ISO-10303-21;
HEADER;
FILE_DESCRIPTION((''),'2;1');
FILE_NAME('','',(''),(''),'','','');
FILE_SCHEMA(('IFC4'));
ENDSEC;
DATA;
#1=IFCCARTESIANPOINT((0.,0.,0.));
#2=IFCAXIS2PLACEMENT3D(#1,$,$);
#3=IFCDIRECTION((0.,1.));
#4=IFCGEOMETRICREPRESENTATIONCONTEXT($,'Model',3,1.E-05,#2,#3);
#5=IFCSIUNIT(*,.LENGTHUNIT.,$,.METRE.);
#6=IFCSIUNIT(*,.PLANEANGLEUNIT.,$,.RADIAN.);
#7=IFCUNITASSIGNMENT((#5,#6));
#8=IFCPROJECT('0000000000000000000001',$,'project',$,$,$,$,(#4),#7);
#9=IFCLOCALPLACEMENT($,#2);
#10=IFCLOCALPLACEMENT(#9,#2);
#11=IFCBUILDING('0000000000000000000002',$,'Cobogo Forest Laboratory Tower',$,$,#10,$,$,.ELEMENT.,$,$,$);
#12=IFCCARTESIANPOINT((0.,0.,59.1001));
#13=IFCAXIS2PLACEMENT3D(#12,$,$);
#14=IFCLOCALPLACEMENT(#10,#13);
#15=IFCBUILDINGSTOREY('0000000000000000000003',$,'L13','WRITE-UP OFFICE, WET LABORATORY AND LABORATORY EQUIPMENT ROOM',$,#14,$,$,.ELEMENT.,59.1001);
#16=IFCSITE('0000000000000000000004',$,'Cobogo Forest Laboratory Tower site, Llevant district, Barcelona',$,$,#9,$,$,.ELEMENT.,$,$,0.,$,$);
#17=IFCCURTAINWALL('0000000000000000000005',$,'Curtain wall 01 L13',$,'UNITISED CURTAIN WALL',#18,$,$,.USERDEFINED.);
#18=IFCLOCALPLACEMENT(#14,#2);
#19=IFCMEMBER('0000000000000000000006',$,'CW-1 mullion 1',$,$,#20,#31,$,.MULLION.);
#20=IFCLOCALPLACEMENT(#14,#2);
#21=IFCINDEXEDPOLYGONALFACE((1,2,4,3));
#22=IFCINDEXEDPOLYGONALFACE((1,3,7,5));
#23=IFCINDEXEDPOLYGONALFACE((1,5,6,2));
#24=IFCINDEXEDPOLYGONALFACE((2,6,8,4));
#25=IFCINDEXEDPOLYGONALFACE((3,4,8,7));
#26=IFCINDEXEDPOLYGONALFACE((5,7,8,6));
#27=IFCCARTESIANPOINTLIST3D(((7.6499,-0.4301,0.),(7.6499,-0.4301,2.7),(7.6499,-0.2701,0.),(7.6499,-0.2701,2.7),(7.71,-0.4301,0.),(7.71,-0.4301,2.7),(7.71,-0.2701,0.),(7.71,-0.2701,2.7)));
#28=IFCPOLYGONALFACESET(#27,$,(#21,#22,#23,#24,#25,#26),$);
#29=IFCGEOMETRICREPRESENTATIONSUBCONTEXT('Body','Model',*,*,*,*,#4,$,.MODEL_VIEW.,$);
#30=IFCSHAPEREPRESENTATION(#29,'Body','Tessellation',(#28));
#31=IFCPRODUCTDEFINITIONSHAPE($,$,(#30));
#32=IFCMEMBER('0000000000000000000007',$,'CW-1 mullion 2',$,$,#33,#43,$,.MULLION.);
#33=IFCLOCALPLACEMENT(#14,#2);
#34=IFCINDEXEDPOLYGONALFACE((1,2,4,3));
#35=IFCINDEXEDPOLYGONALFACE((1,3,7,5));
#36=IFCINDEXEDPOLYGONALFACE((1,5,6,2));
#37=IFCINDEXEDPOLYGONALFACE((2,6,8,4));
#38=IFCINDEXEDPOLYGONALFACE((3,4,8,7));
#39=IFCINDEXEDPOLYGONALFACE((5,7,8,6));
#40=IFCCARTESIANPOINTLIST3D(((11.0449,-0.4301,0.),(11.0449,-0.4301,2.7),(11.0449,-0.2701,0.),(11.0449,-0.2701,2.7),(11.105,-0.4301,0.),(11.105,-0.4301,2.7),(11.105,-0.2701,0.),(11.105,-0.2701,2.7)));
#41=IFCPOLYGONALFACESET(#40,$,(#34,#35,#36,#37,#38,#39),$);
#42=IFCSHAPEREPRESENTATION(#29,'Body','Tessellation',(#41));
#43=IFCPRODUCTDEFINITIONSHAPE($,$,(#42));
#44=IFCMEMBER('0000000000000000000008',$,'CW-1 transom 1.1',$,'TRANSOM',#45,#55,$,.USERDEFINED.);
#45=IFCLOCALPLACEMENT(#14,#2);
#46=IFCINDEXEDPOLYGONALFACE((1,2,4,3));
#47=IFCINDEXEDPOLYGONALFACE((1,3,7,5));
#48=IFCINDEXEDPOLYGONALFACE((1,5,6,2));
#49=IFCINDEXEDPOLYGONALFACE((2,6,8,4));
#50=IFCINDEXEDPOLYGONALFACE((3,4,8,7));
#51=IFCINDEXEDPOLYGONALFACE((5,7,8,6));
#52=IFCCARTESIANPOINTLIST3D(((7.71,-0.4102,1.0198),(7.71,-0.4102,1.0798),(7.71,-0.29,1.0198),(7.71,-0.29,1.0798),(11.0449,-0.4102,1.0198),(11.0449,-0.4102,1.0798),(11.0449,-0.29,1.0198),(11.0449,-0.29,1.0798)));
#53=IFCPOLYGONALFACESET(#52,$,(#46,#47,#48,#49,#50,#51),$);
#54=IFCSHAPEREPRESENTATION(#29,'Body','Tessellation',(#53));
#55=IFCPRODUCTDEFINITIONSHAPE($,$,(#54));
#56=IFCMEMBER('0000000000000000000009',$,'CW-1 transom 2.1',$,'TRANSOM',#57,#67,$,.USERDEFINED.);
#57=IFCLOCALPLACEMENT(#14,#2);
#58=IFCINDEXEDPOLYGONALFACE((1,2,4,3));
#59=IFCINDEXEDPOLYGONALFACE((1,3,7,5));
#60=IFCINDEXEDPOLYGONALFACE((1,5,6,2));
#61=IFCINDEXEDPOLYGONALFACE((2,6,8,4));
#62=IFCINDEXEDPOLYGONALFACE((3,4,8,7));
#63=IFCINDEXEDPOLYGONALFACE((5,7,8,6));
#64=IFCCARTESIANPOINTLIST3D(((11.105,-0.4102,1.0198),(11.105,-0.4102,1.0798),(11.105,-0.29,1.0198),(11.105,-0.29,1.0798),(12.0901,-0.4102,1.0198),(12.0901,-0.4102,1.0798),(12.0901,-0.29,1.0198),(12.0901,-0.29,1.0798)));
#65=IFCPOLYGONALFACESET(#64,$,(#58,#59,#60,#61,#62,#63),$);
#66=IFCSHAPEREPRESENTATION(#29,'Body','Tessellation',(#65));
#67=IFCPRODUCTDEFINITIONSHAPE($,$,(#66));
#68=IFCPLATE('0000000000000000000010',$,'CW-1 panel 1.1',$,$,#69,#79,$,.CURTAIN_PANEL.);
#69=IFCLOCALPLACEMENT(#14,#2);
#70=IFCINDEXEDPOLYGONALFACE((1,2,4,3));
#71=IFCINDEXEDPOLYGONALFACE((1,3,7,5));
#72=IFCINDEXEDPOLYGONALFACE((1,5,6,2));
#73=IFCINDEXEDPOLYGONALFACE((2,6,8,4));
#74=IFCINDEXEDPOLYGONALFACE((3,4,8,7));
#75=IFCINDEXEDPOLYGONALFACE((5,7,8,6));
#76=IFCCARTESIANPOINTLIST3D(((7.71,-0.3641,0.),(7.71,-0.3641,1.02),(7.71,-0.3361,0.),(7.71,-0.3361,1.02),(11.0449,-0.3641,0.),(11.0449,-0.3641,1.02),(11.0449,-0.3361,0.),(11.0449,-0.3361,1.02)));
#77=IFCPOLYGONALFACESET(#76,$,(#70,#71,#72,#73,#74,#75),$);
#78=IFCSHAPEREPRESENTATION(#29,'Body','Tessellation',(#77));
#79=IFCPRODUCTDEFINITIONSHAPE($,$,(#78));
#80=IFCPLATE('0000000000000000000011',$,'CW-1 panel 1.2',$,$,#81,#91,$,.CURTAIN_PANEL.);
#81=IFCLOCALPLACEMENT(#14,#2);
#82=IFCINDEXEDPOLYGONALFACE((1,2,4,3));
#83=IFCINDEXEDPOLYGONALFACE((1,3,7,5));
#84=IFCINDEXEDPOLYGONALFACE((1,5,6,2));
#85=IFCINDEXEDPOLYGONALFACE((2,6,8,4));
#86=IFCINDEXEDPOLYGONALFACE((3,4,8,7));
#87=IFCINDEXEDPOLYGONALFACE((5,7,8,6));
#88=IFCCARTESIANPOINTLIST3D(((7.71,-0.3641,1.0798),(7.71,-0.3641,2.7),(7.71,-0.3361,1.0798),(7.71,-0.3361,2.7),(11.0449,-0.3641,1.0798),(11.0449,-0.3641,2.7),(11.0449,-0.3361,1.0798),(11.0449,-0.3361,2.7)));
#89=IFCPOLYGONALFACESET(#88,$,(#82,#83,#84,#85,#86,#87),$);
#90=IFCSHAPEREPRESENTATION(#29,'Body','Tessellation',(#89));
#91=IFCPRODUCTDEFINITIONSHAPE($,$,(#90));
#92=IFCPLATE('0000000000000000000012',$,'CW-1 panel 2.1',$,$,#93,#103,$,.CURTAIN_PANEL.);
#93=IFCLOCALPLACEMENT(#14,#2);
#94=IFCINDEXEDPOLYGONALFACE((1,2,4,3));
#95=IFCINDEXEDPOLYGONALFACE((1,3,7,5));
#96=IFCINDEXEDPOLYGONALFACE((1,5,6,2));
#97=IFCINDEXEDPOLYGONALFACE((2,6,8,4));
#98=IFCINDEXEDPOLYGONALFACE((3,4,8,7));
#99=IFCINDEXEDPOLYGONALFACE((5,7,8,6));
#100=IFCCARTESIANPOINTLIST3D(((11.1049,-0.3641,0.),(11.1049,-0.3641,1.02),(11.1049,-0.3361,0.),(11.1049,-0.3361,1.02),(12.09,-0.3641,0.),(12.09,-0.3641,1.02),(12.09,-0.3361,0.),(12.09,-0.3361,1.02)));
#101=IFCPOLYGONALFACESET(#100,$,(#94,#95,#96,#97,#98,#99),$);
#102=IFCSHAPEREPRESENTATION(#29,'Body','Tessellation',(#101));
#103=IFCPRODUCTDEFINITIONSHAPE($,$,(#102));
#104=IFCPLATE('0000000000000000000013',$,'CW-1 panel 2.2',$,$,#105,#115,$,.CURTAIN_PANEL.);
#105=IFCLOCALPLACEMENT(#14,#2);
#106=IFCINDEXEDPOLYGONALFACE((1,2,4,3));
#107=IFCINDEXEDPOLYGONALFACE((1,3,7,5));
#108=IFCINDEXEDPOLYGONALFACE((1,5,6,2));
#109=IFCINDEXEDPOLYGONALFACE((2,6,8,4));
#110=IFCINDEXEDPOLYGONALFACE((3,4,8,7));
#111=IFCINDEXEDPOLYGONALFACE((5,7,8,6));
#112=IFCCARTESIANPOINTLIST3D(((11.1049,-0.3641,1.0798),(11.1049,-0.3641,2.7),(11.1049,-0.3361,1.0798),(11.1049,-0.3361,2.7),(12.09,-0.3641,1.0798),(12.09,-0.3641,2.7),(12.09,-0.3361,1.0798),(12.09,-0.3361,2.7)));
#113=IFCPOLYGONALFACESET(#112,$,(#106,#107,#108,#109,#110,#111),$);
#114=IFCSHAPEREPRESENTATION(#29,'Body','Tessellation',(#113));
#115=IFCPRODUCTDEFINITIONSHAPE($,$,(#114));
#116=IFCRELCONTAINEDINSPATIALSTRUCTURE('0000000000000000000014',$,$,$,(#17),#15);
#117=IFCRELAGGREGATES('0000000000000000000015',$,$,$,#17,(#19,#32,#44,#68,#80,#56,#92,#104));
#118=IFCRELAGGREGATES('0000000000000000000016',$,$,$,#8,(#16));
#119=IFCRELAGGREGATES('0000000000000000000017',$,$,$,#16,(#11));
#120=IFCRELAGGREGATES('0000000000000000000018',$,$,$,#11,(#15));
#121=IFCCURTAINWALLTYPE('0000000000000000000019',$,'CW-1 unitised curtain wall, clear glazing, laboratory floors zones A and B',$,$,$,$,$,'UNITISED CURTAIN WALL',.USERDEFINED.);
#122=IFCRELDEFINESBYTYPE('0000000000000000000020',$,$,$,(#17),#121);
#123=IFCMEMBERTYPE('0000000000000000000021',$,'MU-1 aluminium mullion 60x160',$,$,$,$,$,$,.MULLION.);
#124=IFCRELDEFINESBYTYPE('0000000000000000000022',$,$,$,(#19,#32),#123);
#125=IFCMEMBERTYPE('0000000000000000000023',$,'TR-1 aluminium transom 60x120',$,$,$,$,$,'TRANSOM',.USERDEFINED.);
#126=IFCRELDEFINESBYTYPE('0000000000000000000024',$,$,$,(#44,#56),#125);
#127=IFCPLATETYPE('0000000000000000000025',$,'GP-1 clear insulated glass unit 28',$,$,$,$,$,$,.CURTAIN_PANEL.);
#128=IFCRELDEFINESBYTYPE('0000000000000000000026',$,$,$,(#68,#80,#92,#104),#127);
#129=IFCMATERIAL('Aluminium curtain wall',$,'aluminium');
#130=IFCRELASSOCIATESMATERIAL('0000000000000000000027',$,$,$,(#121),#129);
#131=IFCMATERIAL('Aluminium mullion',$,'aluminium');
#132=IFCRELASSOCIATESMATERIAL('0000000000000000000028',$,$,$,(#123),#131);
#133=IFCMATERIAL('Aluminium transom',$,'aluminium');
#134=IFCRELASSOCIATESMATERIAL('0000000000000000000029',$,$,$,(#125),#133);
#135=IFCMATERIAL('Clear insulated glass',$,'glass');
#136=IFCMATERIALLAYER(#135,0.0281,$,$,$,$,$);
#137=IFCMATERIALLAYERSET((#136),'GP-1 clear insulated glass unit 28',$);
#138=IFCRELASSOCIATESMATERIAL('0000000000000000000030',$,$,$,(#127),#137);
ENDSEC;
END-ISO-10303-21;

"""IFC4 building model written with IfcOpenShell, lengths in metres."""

from ifc_helpers import new_model, si_unit, direction, frame, origin, origin_2d, place, context, subcontext, project, spatial, rectangle, extrude, material, layer, layer_set, material_profile, profile_set, type_object, element, aggregate, save


model = new_model("IFC4")

# Units and contexts
model_context = context("Model", 3, precision=1e-05, world=origin(), true_north=direction((0.0, 1.0)))
body_context = subcontext(model_context, "Body", "Model", "MODEL_VIEW")
ifc_project = project(units=[si_unit("LENGTHUNIT", "METRE"), si_unit("PLANEANGLEUNIT", "RADIAN")], contexts=[model_context])

# Site, building, storey
site_placement = place(None, origin())
site = spatial("IfcSite", under=ifc_project, at=site_placement, Name="Cobogo Forest Laboratory Tower site, Llevant district, Barcelona", CompositionType="ELEMENT", RefElevation=0.0)
building_placement = place(site_placement, origin())
building = spatial("IfcBuilding", under=site, at=building_placement, Name="Cobogo Forest Laboratory Tower", CompositionType="ELEMENT")
storey_placement = place(building_placement, frame((0.0, 0.0, 59.1001)))
storey = spatial("IfcBuildingStorey", under=building, at=storey_placement, Name="L13", Description="WRITE-UP OFFICE, WET LABORATORY AND LABORATORY EQUIPMENT ROOM", CompositionType="ELEMENT", Elevation=59.1001)

# Curtain wall, members, plates
ifc_material_1 = material(Name="Aluminium curtain wall", Category="aluminium")
curtain_wall_type = type_object("IfcCurtainWallType", Name="CW-1 unitised curtain wall, clear glazing, laboratory floors zones A and B", ElementType="UNITISED CURTAIN WALL", PredefinedType="USERDEFINED", material=ifc_material_1)
curtain_wall_placement = place(storey_placement, origin())
curtain_wall = element("IfcCurtainWall", 1, at=curtain_wall_placement, inside=storey, type_object=curtain_wall_type, Name="Curtain wall 01 L13", ObjectType="UNITISED CURTAIN WALL", PredefinedType="USERDEFINED")
ifc_material_2 = material(Name="Aluminium mullion", Category="aluminium")
ifc_material_profile_1 = material_profile(ifc_material_2, rectangle(XDim=0.0601, YDim=0.1599, at=origin_2d()), Name="AL 60x160")
ifc_profile_set_1 = profile_set([ifc_material_profile_1], Name="Aluminium mullion")
member_type_1 = type_object("IfcMemberType", Name="MU-1 aluminium mullion 60x160", PredefinedType="MULLION", material=ifc_profile_set_1)
member_1_placement = place(storey_placement, frame((7.6799, -0.3501, 0.0), z_axis=(0.0, 0.0, 1.0), x_axis=(1.0, 0.0, 0.0)))
member_1 = element("IfcMember", 2, at=member_1_placement, type_object=member_type_1, Name="CW-1 mullion 1", PredefinedType="MULLION", context=body_context, shape_type="SweptSolid", body=[
    extrude(rectangle(XDim=0.0601, YDim=0.1599, at=origin_2d()), origin(), (0.0, 0.0, 1.0), 2.7),
])
member_2_placement = place(storey_placement, frame((11.075, -0.3501, 0.0), z_axis=(0.0, 0.0, 1.0), x_axis=(1.0, 0.0, 0.0)))
member_2 = element("IfcMember", 3, at=member_2_placement, type_object=member_type_1, Name="CW-1 mullion 2", PredefinedType="MULLION", context=body_context, shape_type="SweptSolid", body=[
    extrude(rectangle(XDim=0.0601, YDim=0.1599, at=origin_2d()), origin(), (0.0, 0.0, 1.0), 2.7),
])
ifc_material_3 = material(Name="Aluminium transom", Category="aluminium")
ifc_material_profile_2 = material_profile(ifc_material_3, rectangle(XDim=0.1201, YDim=0.0601, at=origin_2d()), Name="AL 60x120")
ifc_profile_set_2 = profile_set([ifc_material_profile_2], Name="Aluminium transom")
member_type_2 = type_object("IfcMemberType", Name="TR-1 aluminium transom 60x120", ElementType="TRANSOM", PredefinedType="USERDEFINED", material=ifc_profile_set_2)
member_3_placement = place(storey_placement, frame((7.71, -0.3501, 1.0498), z_axis=(1.0, 0.0, 0.0), x_axis=(0.0, 1.0, 0.0)))
member_3 = element("IfcMember", 4, at=member_3_placement, type_object=member_type_2, Name="CW-1 transom 1.1", ObjectType="TRANSOM", PredefinedType="USERDEFINED", context=body_context, shape_type="SweptSolid", body=[
    extrude(rectangle(XDim=0.1201, YDim=0.0601, at=origin_2d()), origin(), (0.0, 0.0, 1.0), 3.335),
])
member_4_placement = place(storey_placement, frame((11.105, -0.3501, 1.0498), z_axis=(1.0, 0.0, 0.0), x_axis=(0.0, 1.0, 0.0)))
member_4 = element("IfcMember", 5, at=member_4_placement, type_object=member_type_2, Name="CW-1 transom 2.1", ObjectType="TRANSOM", PredefinedType="USERDEFINED", context=body_context, shape_type="SweptSolid", body=[
    extrude(rectangle(XDim=0.1201, YDim=0.0601, at=origin_2d()), origin(), (0.0, 0.0, 1.0), 0.9851),
])
ifc_material_4 = material(Name="Clear insulated glass", Category="glass")
ifc_layer = layer(ifc_material_4, 0.0281)
ifc_layer_set = layer_set([ifc_layer], Name="GP-1 clear insulated glass unit 28")
plate_type_1 = type_object("IfcPlateType", Name="GP-1 clear insulated glass unit 28", PredefinedType="CURTAIN_PANEL", material=ifc_layer_set)
plate_1_placement = place(storey_placement, frame((9.3774, -0.3501, 0.0), z_axis=(0.0, 0.0, 1.0), x_axis=(1.0, 0.0, 0.0)))
plate_1 = element("IfcPlate", 6, at=plate_1_placement, type_object=plate_type_1, Name="CW-1 panel 1.1", PredefinedType="CURTAIN_PANEL", context=body_context, shape_type="SweptSolid", body=[
    extrude(rectangle(XDim=3.335, YDim=0.0281, at=origin_2d()), origin(), (0.0, 0.0, 1.0), 1.02),
])
plate_2_placement = place(storey_placement, frame((9.3774, -0.3501, 1.0798), z_axis=(0.0, 0.0, 1.0), x_axis=(1.0, 0.0, 0.0)))
plate_2 = element("IfcPlate", 7, at=plate_2_placement, type_object=plate_type_1, Name="CW-1 panel 1.2", PredefinedType="CURTAIN_PANEL", context=body_context, shape_type="SweptSolid", body=[
    extrude(rectangle(XDim=3.335, YDim=0.0281, at=origin_2d()), origin(), (0.0, 0.0, 1.0), 1.6201),
])
plate_3_placement = place(storey_placement, frame((11.5974, -0.3501, 0.0), z_axis=(0.0, 0.0, 1.0), x_axis=(1.0, 0.0, 0.0)))
plate_3 = element("IfcPlate", 8, at=plate_3_placement, type_object=plate_type_1, Name="CW-1 panel 2.1", PredefinedType="CURTAIN_PANEL", context=body_context, shape_type="SweptSolid", body=[
    extrude(rectangle(XDim=0.9851, YDim=0.0281, at=origin_2d()), origin(), (0.0, 0.0, 1.0), 1.02),
])
plate_4_placement = place(storey_placement, frame((11.5974, -0.3501, 1.0798), z_axis=(0.0, 0.0, 1.0), x_axis=(1.0, 0.0, 0.0)))
plate_4 = element("IfcPlate", 9, at=plate_4_placement, type_object=plate_type_1, Name="CW-1 panel 2.2", PredefinedType="CURTAIN_PANEL", context=body_context, shape_type="SweptSolid", body=[
    extrude(rectangle(XDim=0.9851, YDim=0.0281, at=origin_2d()), origin(), (0.0, 0.0, 1.0), 1.6201),
])
aggregate(curtain_wall, [member_1, member_2, member_3, plate_1, plate_2, member_4, plate_3, plate_4])

save(model, "model.ifc")
